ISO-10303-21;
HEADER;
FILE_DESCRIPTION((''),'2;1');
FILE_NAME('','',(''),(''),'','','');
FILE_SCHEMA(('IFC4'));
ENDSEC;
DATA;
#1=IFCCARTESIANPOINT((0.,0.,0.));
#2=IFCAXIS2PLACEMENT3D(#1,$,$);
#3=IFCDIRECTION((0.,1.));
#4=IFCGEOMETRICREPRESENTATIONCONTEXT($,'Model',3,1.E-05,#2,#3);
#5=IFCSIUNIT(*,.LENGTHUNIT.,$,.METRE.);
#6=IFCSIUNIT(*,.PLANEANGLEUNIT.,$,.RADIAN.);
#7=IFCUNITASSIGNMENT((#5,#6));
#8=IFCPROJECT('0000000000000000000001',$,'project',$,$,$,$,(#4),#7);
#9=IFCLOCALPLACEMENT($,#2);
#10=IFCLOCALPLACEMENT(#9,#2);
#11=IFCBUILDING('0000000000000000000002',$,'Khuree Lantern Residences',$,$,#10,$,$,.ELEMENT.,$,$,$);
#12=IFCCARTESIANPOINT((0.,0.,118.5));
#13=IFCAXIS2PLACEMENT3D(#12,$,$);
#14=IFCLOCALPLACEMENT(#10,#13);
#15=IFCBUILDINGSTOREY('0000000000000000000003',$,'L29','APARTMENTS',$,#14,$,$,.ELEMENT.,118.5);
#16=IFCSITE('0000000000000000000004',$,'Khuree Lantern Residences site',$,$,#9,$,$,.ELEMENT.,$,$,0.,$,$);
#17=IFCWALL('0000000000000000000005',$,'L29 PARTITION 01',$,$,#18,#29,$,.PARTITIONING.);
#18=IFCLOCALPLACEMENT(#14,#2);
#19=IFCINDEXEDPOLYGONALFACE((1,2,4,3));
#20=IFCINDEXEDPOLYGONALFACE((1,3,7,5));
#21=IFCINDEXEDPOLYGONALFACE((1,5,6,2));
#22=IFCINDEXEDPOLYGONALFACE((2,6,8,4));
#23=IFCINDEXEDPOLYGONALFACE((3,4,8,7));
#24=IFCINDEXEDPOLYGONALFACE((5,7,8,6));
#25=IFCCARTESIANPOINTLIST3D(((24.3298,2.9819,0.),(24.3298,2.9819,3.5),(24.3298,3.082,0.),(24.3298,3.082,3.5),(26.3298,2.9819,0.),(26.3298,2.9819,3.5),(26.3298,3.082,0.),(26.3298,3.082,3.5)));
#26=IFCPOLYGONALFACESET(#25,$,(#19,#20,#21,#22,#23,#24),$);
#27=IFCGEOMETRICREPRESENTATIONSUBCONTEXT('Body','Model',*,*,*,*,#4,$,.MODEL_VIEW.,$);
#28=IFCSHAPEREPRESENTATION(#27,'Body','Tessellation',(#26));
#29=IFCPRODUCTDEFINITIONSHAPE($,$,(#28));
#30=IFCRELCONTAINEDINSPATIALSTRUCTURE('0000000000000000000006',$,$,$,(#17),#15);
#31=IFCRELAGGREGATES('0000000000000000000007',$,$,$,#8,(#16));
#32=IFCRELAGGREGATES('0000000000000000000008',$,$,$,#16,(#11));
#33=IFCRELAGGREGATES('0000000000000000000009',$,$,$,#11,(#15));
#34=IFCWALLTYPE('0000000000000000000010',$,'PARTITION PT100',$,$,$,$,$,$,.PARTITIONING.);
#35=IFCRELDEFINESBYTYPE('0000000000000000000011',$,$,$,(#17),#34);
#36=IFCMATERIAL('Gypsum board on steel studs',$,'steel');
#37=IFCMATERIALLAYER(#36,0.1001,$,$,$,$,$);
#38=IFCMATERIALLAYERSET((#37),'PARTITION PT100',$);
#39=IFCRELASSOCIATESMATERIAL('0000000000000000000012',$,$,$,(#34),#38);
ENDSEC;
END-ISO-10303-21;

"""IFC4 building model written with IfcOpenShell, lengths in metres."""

from ifc_helpers import new_model, si_unit, direction, frame, frame_2d, origin, place, context, subcontext, project, spatial, rectangle, extrude, material, layer, layer_set, type_object, element, save


model = new_model("IFC4")

# Units and contexts
model_context = context("Model", 3, precision=1e-05, world=origin(), true_north=direction((0.0, 1.0)))
body_context = subcontext(model_context, "Body", "Model", "MODEL_VIEW")
ifc_project = project(units=[si_unit("LENGTHUNIT", "METRE"), si_unit("PLANEANGLEUNIT", "RADIAN")], contexts=[model_context])

# Site, building, storey
site_placement = place(None, origin())
site = spatial("IfcSite", under=ifc_project, at=site_placement, Name="Khuree Lantern Residences site", CompositionType="ELEMENT", RefElevation=0.0)
building_placement = place(site_placement, origin())
building = spatial("IfcBuilding", under=site, at=building_placement, Name="Khuree Lantern Residences", CompositionType="ELEMENT")
storey_placement = place(building_placement, frame((0.0, 0.0, 118.5)))
storey = spatial("IfcBuildingStorey", under=building, at=storey_placement, Name="L29", Description="APARTMENTS", CompositionType="ELEMENT", Elevation=118.5)

# Shared definitions
ifc_material_1 = material(Name="Gypsum board on steel studs", Category="steel")
ifc_layer_1 = layer(ifc_material_1, 0.1001)
ifc_layer_set_1 = layer_set([ifc_layer_1], Name="PARTITION PT100")
wall_type_1 = type_object("IfcWallType", Name="PARTITION PT100", PredefinedType="PARTITIONING", material=ifc_layer_set_1)

# Wall
wall_1_placement = place(storey_placement, frame((24.3298, 3.032, 0.0), z_axis=(0.0, 0.0, 1.0), x_axis=(1.0, 0.0, 0.0)))
element("IfcWall", 1, at=wall_1_placement, inside=storey, type_object=wall_type_1, Name="L29 PARTITION 01", PredefinedType="PARTITIONING", context=body_context, shape_type="SweptSolid", body=[
    extrude(rectangle(XDim=2.0, YDim=0.1001, at=frame_2d((1.0, 0.0))), origin(), (0.0, 0.0, 1.0), 3.5),
])

save(model, "model.ifc")
